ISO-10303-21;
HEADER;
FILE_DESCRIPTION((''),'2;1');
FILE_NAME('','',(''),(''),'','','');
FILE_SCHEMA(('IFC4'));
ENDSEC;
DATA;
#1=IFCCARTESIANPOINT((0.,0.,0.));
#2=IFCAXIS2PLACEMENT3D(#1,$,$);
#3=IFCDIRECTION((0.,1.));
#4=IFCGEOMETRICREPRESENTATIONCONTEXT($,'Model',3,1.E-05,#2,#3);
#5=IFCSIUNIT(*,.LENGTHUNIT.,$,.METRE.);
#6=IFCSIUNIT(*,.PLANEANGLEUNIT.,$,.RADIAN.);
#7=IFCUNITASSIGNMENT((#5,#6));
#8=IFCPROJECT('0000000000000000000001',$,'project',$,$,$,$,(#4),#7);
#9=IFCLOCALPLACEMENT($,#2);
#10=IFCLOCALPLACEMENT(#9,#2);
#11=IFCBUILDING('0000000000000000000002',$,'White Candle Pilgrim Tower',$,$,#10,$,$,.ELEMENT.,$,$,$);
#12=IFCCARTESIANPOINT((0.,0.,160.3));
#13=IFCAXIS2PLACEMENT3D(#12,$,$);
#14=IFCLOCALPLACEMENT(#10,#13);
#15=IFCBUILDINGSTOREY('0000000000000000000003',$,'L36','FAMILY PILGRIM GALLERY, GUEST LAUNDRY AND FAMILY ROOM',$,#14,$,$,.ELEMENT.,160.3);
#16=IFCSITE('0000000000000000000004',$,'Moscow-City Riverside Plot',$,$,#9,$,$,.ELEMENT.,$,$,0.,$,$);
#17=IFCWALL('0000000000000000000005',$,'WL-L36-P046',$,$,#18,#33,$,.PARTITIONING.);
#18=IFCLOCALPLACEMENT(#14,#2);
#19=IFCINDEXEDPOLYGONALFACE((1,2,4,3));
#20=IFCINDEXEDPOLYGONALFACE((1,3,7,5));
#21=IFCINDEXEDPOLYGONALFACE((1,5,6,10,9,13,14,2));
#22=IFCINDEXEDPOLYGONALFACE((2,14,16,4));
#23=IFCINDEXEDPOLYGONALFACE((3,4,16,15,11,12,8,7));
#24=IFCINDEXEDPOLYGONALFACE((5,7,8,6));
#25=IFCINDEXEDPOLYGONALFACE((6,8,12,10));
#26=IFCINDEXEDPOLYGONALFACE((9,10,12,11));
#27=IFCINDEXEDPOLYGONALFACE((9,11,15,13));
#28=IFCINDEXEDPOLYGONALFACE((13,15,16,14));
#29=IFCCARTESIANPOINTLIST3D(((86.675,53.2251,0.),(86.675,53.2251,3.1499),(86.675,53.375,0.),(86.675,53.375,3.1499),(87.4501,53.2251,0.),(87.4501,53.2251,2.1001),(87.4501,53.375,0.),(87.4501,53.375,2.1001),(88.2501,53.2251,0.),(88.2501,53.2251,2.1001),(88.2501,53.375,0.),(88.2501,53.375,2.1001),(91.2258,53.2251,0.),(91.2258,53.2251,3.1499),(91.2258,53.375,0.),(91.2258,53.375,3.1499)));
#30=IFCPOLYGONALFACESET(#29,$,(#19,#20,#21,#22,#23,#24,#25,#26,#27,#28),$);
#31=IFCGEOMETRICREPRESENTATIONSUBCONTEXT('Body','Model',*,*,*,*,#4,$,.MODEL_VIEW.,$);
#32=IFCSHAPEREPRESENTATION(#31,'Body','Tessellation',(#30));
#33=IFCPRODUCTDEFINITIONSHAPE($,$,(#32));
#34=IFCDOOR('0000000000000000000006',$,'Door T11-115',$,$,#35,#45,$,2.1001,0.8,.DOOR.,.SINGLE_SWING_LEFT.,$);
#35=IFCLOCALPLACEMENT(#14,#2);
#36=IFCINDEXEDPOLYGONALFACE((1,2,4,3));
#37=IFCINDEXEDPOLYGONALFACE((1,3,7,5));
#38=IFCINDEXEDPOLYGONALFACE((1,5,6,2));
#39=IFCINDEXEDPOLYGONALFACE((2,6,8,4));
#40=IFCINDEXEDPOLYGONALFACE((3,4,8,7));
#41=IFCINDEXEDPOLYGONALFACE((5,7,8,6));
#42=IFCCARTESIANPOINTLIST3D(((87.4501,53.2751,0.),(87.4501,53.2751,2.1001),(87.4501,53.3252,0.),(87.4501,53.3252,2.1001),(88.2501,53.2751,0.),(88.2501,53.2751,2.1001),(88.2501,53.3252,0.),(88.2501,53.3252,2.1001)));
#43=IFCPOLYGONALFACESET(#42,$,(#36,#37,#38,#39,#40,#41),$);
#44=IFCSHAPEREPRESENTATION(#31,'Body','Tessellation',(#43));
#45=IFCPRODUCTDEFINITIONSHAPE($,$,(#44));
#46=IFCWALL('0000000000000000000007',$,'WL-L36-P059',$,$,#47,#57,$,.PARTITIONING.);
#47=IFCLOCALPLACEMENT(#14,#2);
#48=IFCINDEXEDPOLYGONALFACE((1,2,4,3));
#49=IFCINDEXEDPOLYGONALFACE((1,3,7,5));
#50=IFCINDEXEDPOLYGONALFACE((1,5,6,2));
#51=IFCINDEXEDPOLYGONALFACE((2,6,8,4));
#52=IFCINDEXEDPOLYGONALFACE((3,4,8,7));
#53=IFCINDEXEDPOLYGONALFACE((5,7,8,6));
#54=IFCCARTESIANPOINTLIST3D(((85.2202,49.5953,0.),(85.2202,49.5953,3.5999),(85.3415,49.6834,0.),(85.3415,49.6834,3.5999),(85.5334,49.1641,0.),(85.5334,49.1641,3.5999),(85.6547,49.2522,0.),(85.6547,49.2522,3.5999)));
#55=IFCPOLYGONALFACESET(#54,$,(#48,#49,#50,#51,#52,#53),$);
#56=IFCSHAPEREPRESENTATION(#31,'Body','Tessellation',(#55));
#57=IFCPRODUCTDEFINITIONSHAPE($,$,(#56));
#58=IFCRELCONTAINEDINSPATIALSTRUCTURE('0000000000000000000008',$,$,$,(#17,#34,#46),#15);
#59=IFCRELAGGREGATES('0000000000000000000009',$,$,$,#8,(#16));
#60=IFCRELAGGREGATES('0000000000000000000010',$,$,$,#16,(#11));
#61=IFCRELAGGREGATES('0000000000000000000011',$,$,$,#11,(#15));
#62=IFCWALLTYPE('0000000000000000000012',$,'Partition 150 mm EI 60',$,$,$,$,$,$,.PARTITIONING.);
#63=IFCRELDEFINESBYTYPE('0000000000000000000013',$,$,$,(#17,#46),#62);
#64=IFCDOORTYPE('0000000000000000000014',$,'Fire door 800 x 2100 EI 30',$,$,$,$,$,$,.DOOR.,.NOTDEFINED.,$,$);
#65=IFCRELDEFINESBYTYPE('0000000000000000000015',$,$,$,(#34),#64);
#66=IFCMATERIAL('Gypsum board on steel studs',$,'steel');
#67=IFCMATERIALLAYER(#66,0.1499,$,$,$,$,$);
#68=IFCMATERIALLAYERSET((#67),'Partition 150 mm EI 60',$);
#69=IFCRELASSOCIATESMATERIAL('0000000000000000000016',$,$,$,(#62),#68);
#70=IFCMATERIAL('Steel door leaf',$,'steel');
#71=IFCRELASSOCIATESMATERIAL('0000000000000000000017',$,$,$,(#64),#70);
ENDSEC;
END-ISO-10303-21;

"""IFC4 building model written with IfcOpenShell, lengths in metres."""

from ifc_helpers import new_model, si_unit, direction, frame, frame_2d, origin, place, context, subcontext, project, spatial, rectangle, extrude, material, layer, layer_set, type_object, element, fill, save


model = new_model("IFC4")

# Units and contexts
model_context = context("Model", 3, precision=1e-05, world=origin(), true_north=direction((0.0, 1.0)))
body_context = subcontext(model_context, "Body", "Model", "MODEL_VIEW")
ifc_project = project(units=[si_unit("LENGTHUNIT", "METRE"), si_unit("PLANEANGLEUNIT", "RADIAN")], contexts=[model_context])

# Site, building, storey
site_placement = place(None, origin())
site = spatial("IfcSite", under=ifc_project, at=site_placement, Name="Moscow-City Riverside Plot", CompositionType="ELEMENT", RefElevation=0.0)
building_placement = place(site_placement, origin())
building = spatial("IfcBuilding", under=site, at=building_placement, Name="White Candle Pilgrim Tower", CompositionType="ELEMENT")
storey_placement = place(building_placement, frame((0.0, 0.0, 160.3)))
storey = spatial("IfcBuildingStorey", under=building, at=storey_placement, Name="L36", Description="FAMILY PILGRIM GALLERY, GUEST LAUNDRY AND FAMILY ROOM", CompositionType="ELEMENT", Elevation=160.3)

# Shared definitions
ifc_material_1 = material(Name="Gypsum board on steel studs", Category="steel")
ifc_material_2 = material(Name="Steel door leaf", Category="steel")

# Shared definitions
ifc_layer_1 = layer(ifc_material_1, 0.1499)
ifc_layer_set_1 = layer_set([ifc_layer_1], Name="Partition 150 mm EI 60")
wall_type_1 = type_object("IfcWallType", Name="Partition 150 mm EI 60", PredefinedType="PARTITIONING", material=ifc_layer_set_1)

# Wall, opening, door
wall_1_placement = place(storey_placement, frame((91.2258, 53.3, 0.0), z_axis=(0.0, 0.0, 1.0), x_axis=(-1.0, 0.0, 0.0)))
wall_1 = element("IfcWall", 1, at=wall_1_placement, inside=storey, type_object=wall_type_1, Name="WL-L36-P046", PredefinedType="PARTITIONING", context=body_context, shape_type="SweptSolid", body=[
    extrude(rectangle(XDim=4.5508, YDim=0.1499, at=frame_2d((2.2754, 0.0))), origin(), (0.0, 0.0, 1.0), 3.1499),
])
opening_1_placement = place(wall_1_placement, frame((2.9758, 0.0, 0.0)))
opening_1 = element("IfcOpeningElement", 2, at=opening_1_placement, cuts=wall_1, PredefinedType="OPENING", context=body_context, shape_type="SweptSolid", body=[
    extrude(rectangle(XDim=0.8, YDim=2.1001, at=frame_2d((0.3999, 1.05))), frame((0.0, 0.085, 0.0), z_axis=(0.0, -1.0, 0.0), x_axis=(1.0, 0.0, 0.0)), (0.0, 0.0, 1.0), 0.1699),
])
door_type_1 = type_object("IfcDoorType", Name="Fire door 800 x 2100 EI 30", OperationType="NOTDEFINED", PredefinedType="DOOR", material=ifc_material_2)
door_1_placement = place(opening_1_placement, origin())
door_1 = element("IfcDoor", 3, at=door_1_placement, inside=storey, type_object=door_type_1, Name="Door T11-115", OperationType="SINGLE_SWING_LEFT", OverallHeight=2.1001, OverallWidth=0.8, PredefinedType="DOOR", context=body_context, shape_type="SweptSolid", body=[
    extrude(rectangle(XDim=0.8, YDim=2.1001, at=frame_2d((0.3999, 1.05))), frame((0.0, 0.0249, 0.0), z_axis=(0.0, -1.0, 0.0), x_axis=(1.0, 0.0, 0.0)), (0.0, 0.0, 1.0), 0.05),
])
fill(opening_1, door_1)

# Wall
wall_2_placement = place(storey_placement, frame((85.2808, 49.6394, 0.0), z_axis=(0.0, 0.0, 1.0), x_axis=(0.587763, -0.809033, 0.0)))
element("IfcWall", 4, at=wall_2_placement, inside=storey, type_object=wall_type_1, Name="WL-L36-P059", PredefinedType="PARTITIONING", context=body_context, shape_type="SweptSolid", body=[
    extrude(rectangle(XDim=0.533, YDim=0.1499, at=frame_2d((0.2666, 0.0))), origin(), (0.0, 0.0, 1.0), 3.5999),
])

save(model, "model.ifc")
